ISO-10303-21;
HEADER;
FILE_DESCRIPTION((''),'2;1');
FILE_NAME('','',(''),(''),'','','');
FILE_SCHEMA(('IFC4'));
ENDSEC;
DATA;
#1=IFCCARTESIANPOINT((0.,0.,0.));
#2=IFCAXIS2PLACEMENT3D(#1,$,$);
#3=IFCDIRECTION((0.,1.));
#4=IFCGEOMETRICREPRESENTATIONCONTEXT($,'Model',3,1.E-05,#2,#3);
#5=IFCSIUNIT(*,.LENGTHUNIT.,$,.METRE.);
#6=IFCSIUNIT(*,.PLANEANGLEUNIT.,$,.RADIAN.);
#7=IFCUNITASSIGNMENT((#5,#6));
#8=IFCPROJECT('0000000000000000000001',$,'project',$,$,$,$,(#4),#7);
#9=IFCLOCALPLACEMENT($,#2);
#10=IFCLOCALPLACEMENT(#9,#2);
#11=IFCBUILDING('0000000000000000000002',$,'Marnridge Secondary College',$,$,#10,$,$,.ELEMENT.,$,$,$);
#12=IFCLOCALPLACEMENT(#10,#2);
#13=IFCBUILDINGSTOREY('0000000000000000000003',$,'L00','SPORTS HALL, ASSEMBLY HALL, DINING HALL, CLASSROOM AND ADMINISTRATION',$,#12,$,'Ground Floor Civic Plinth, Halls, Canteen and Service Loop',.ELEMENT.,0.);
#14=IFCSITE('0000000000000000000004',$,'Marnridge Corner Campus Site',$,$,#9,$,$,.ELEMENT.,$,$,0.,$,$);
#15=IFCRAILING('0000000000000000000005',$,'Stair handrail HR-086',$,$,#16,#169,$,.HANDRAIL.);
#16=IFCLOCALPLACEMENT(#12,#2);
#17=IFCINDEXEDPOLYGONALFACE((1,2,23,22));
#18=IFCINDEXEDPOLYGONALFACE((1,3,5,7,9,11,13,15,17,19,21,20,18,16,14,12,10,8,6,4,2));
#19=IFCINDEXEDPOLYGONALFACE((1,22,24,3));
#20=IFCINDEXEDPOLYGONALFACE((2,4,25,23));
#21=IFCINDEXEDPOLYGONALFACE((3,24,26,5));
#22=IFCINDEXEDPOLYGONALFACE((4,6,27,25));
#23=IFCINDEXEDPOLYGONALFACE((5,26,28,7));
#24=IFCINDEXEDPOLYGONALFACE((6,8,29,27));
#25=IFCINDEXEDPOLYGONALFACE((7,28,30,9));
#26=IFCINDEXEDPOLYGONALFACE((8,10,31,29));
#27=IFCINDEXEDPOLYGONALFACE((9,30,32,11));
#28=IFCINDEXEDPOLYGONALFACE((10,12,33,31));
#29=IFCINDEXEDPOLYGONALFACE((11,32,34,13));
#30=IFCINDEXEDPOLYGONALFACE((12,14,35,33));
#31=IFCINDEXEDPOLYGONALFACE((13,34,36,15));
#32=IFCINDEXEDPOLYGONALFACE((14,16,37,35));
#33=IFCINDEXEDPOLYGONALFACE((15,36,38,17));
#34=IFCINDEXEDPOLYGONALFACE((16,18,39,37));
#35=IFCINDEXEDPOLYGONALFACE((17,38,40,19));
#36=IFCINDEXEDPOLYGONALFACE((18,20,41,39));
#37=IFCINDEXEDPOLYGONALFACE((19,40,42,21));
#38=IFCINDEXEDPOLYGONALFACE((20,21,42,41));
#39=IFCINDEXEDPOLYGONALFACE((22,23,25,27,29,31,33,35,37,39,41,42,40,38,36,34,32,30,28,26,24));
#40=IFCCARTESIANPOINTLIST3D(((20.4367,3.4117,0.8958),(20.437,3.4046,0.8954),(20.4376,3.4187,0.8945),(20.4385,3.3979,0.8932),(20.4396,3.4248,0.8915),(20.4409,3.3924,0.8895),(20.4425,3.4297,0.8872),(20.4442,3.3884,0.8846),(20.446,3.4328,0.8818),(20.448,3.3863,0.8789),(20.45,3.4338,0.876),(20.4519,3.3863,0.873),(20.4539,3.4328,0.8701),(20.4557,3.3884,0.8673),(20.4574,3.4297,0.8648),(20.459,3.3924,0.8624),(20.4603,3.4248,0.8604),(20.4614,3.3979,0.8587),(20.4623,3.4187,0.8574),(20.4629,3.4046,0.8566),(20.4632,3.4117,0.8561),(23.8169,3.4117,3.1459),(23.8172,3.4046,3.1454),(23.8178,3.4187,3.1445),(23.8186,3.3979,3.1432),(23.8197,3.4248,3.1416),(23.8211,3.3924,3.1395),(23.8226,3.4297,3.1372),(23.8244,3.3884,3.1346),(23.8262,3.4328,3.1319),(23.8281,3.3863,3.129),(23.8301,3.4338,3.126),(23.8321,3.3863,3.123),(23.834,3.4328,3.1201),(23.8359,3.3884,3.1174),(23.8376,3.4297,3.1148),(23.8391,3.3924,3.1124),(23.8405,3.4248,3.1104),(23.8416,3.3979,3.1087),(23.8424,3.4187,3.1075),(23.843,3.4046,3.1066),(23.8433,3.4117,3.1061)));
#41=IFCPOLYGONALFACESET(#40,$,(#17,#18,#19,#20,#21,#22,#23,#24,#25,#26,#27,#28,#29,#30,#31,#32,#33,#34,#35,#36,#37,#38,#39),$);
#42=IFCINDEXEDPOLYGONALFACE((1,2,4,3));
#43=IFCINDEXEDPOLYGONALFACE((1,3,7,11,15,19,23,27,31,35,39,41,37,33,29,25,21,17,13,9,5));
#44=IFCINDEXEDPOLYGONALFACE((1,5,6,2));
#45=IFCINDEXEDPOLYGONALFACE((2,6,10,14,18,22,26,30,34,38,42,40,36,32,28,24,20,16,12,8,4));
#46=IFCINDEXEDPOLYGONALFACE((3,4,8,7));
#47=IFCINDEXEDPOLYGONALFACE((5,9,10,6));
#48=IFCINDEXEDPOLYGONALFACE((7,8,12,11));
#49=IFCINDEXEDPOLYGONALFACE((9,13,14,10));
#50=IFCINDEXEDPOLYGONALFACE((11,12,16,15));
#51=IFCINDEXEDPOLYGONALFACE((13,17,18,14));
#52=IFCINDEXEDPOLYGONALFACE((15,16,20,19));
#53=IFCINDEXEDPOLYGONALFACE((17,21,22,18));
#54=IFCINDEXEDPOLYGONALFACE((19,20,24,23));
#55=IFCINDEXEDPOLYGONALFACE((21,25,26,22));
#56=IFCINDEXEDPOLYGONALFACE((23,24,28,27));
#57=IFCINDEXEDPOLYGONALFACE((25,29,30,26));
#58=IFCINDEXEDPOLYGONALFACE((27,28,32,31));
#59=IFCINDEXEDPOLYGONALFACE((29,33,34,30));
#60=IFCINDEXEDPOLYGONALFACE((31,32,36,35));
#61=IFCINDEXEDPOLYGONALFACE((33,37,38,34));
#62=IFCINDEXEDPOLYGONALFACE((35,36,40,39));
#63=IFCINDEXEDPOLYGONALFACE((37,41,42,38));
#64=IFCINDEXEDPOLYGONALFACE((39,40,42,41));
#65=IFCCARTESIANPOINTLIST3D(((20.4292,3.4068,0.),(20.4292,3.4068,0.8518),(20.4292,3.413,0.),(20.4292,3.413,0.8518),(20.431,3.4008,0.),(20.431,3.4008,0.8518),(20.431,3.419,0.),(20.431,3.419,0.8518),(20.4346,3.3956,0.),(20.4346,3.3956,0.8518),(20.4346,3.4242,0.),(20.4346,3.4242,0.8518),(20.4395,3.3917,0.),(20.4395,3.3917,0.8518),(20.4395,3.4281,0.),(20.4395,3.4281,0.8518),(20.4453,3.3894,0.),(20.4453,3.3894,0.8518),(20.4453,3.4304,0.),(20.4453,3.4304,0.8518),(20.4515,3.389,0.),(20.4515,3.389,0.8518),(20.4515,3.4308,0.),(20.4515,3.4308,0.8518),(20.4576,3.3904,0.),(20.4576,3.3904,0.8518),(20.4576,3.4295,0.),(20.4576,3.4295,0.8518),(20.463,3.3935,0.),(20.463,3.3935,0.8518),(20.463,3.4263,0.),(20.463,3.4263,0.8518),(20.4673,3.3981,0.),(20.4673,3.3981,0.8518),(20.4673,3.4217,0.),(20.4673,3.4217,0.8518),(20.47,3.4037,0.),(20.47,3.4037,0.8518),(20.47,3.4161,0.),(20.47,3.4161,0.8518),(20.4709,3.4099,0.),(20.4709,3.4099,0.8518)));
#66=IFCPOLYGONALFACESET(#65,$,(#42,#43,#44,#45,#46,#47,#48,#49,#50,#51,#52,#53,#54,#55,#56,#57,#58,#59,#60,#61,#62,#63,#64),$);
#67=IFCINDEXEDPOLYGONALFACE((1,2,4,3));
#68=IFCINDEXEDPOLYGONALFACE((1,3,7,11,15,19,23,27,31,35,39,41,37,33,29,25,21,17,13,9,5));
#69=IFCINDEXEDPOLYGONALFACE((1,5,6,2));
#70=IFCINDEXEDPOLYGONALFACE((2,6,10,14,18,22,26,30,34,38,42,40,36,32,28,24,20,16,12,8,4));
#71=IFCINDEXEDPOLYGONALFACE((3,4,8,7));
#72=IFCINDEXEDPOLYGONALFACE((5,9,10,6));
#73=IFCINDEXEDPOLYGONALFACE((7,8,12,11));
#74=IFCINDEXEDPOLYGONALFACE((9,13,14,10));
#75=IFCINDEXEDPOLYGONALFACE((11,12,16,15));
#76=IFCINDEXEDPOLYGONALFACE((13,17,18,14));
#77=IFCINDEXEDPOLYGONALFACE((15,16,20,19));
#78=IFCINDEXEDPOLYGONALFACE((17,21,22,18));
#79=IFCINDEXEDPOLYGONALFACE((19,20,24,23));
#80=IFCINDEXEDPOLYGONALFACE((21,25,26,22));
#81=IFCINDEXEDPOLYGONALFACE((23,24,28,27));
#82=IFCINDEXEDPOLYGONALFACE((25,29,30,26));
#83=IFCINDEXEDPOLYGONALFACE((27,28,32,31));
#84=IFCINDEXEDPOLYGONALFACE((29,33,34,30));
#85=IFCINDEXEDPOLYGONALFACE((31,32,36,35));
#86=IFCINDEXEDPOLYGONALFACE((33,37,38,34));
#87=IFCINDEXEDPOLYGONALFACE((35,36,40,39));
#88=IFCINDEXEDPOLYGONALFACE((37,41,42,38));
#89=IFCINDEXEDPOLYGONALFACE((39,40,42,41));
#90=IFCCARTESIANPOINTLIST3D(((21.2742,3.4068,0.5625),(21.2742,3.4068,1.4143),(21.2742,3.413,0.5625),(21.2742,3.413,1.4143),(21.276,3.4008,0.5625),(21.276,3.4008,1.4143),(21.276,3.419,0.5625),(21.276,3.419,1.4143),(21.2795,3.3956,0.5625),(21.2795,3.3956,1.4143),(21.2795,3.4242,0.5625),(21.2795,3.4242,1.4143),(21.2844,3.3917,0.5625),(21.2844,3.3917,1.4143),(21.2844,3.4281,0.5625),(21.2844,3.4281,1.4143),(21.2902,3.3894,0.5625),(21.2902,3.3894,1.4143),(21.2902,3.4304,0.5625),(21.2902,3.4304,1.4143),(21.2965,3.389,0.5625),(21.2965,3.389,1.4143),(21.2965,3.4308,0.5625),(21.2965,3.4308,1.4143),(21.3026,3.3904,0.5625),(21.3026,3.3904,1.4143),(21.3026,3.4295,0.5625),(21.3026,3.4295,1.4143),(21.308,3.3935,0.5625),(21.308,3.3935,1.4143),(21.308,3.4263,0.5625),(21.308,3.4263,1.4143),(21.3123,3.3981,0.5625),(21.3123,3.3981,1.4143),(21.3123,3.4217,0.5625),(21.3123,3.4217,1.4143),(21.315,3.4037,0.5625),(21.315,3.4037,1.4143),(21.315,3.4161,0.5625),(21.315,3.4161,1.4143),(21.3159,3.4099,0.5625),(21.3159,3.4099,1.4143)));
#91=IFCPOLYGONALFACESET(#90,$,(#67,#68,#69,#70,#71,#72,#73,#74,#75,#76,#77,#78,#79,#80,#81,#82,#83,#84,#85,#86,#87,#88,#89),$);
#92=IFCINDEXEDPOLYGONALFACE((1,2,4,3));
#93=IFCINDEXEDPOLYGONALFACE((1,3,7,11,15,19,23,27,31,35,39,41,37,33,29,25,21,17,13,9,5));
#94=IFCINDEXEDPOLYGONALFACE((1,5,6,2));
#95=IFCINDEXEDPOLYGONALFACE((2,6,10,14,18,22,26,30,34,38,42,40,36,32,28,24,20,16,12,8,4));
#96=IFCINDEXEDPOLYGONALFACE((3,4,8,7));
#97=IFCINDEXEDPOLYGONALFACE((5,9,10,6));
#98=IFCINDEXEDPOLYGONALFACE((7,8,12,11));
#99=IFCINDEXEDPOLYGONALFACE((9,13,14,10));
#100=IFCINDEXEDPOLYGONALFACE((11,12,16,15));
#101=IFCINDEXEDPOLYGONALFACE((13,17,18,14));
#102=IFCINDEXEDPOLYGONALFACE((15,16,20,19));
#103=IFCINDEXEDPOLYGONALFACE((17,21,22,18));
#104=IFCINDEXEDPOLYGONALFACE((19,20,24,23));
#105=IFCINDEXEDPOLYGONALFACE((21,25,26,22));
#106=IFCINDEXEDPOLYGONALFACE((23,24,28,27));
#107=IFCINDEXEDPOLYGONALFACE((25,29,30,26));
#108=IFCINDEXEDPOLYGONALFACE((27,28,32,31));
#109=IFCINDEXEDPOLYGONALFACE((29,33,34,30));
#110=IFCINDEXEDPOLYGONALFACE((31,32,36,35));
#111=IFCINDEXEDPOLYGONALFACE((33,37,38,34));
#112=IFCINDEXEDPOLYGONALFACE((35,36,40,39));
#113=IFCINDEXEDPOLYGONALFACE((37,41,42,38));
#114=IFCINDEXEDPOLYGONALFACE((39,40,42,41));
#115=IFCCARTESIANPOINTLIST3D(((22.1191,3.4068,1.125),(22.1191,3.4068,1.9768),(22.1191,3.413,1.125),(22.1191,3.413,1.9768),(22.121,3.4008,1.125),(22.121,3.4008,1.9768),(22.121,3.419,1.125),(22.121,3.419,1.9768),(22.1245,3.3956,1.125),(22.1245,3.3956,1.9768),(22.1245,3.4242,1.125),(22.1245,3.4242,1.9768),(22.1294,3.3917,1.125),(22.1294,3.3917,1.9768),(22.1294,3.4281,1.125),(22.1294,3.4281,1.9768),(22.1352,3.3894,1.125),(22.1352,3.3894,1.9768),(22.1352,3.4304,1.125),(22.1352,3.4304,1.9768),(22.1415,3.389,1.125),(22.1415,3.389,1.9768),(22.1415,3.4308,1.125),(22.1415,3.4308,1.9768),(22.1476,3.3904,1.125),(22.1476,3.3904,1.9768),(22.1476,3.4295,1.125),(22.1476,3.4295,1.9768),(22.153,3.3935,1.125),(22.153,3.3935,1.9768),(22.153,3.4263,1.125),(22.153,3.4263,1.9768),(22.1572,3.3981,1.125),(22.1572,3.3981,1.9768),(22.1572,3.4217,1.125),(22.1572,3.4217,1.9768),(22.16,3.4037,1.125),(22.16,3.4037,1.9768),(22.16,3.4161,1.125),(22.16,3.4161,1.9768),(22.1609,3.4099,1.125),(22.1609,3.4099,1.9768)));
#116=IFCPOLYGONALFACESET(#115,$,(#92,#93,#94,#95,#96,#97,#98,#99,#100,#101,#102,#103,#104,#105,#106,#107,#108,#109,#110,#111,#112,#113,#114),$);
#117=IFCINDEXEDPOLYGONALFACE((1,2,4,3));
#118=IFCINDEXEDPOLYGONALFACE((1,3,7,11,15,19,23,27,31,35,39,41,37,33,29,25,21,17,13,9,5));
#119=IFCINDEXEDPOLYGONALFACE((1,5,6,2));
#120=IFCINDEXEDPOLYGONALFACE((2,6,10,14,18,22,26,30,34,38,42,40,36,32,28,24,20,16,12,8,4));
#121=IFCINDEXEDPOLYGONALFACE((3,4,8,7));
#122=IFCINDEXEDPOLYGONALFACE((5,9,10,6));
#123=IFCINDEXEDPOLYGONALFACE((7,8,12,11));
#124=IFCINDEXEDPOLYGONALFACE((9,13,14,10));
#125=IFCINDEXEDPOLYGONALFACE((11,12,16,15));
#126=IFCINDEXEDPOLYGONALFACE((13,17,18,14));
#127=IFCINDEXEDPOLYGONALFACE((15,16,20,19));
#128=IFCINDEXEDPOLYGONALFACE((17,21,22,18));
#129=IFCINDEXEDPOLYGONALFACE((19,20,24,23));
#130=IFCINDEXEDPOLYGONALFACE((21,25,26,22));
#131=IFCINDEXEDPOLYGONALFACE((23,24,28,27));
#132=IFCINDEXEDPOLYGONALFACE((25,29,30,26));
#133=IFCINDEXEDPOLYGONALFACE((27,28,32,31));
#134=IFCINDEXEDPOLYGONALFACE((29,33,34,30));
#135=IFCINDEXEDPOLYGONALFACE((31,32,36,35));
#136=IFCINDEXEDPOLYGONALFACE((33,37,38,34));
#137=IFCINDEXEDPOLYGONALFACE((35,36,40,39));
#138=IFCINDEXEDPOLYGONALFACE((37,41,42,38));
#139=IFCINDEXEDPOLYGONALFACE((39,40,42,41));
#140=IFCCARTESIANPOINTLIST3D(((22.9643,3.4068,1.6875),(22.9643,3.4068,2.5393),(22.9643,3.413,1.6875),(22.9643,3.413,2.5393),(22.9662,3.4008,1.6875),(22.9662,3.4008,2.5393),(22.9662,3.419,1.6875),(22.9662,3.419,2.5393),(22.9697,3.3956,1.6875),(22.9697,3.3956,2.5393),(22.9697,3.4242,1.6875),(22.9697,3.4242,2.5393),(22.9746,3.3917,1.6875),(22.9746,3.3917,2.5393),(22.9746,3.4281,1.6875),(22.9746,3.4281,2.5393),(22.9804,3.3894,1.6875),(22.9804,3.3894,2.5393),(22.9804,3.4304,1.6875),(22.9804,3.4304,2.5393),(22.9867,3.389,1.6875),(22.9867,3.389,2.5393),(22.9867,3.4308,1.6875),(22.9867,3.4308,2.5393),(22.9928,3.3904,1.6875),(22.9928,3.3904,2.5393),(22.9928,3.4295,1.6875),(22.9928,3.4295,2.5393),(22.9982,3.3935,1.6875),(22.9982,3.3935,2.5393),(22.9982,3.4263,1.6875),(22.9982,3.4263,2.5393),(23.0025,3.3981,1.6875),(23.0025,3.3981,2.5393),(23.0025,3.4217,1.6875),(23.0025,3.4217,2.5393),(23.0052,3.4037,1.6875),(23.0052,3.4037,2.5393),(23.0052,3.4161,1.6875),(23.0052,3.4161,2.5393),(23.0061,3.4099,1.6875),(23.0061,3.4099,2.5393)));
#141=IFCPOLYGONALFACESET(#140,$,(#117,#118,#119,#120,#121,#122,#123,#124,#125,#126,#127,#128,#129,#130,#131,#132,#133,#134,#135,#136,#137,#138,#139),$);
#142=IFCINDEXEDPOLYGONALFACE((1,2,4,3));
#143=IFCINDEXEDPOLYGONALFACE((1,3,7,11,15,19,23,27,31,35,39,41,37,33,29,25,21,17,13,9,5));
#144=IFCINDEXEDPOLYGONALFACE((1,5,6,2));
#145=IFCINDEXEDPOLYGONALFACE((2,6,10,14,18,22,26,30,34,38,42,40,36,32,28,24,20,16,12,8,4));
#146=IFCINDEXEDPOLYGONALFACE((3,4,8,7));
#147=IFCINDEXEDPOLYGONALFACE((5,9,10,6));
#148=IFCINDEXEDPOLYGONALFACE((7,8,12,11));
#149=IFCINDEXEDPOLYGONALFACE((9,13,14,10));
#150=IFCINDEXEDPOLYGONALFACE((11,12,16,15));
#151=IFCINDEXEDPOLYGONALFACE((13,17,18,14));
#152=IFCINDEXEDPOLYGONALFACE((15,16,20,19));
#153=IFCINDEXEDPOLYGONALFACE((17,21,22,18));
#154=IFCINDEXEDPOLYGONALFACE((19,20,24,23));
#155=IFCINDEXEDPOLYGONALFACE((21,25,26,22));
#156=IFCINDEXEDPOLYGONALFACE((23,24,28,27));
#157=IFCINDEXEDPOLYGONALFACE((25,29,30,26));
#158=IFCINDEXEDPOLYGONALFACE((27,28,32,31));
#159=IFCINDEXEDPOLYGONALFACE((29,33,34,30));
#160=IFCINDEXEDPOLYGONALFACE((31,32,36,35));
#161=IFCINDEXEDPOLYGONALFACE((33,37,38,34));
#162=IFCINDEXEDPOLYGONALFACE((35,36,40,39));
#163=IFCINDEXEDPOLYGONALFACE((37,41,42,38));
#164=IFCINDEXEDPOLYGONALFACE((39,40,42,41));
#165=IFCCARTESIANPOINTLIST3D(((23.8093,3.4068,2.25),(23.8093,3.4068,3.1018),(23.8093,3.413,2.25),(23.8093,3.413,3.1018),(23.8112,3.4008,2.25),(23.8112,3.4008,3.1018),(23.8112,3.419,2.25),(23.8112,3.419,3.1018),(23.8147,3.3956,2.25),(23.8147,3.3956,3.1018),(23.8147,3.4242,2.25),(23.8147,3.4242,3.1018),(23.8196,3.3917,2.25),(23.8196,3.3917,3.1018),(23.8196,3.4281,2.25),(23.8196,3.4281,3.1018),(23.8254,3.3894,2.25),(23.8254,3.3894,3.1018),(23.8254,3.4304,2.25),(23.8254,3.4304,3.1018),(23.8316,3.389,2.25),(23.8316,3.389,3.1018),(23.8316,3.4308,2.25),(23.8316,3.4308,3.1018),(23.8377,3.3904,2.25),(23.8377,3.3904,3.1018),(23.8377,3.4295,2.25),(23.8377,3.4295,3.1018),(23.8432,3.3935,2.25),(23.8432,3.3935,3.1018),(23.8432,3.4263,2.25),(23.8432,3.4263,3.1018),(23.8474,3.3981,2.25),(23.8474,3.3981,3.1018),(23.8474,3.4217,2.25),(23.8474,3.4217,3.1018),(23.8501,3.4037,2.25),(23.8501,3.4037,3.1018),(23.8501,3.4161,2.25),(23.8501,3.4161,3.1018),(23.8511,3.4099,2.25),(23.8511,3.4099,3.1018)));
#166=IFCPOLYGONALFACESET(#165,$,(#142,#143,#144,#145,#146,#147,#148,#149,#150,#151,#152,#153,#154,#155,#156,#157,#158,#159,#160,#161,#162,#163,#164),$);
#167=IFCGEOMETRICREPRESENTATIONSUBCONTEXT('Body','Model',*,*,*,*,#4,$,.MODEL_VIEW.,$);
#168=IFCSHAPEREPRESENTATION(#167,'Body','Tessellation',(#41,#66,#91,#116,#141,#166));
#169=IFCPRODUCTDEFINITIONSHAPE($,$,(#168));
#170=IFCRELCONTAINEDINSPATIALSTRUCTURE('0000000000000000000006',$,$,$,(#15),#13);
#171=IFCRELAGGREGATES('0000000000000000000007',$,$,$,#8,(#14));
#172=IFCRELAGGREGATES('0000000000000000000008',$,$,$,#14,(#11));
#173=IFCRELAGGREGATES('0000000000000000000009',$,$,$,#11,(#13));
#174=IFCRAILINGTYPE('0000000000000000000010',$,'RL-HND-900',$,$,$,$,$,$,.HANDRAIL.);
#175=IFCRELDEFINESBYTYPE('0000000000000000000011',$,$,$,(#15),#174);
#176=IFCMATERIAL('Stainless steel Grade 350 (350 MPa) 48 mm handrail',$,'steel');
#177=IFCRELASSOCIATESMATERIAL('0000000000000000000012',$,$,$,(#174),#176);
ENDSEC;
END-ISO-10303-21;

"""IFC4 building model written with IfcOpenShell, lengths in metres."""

from ifc_helpers import new_model, si_unit, direction, frame, origin, origin_2d, place, context, subcontext, project, spatial, circle, extrude, material, type_object, element, save


model = new_model("IFC4")

# Units and contexts
model_context = context("Model", 3, precision=1e-05, world=origin(), true_north=direction((0.0, 1.0)))
body_context = subcontext(model_context, "Body", "Model", "MODEL_VIEW")
ifc_project = project(units=[si_unit("LENGTHUNIT", "METRE"), si_unit("PLANEANGLEUNIT", "RADIAN")], contexts=[model_context])

# Site, building, storey
site_placement = place(None, origin())
site = spatial("IfcSite", under=ifc_project, at=site_placement, Name="Marnridge Corner Campus Site", CompositionType="ELEMENT", RefElevation=0.0)
building_placement = place(site_placement, origin())
building = spatial("IfcBuilding", under=site, at=building_placement, Name="Marnridge Secondary College", CompositionType="ELEMENT")
storey_placement = place(building_placement, origin())
storey = spatial("IfcBuildingStorey", under=building, at=storey_placement, Name="L00", Description="SPORTS HALL, ASSEMBLY HALL, DINING HALL, CLASSROOM AND ADMINISTRATION", LongName="Ground Floor Civic Plinth, Halls, Canteen and Service Loop", CompositionType="ELEMENT", Elevation=0.0)

# Railing
ifc_material_1 = material(Name="Stainless steel Grade 350 (350 MPa) 48 mm handrail", Category="steel")
railing_type_1 = type_object("IfcRailingType", Name="RL-HND-900", PredefinedType="HANDRAIL", material=ifc_material_1)
for number, where, name in (
    (1, (20.45, 3.4099, 0.0), "Stair handrail HR-086"),
):
    element("IfcRailing", number, at=place(storey_placement, frame(where)), inside=storey, type_object=railing_type_1, Name=name, PredefinedType="HANDRAIL", context=body_context, shape_type="SweptSolid", body=[
        extrude(circle(Radius=0.0239, at=origin_2d()), frame((0.0, 0.0, 0.876), z_axis=(0.832439, 0.0, 0.554117), x_axis=(0.0, 1.0, 0.0)), (0.0, 0.0, 1.0), 4.0605),
        extrude(circle(Radius=0.021, at=origin_2d()), origin(), (0.0, 0.0, 1.0), 0.8518),
        extrude(circle(Radius=0.021, at=origin_2d()), frame((0.845, 0.0, 0.5625)), (0.0, 0.0, 1.0), 0.8518),
        extrude(circle(Radius=0.021, at=origin_2d()), frame((1.6899, 0.0, 1.125)), (0.0, 0.0, 1.0), 0.8518),
        extrude(circle(Radius=0.021, at=origin_2d()), frame((2.5352, 0.0, 1.6875)), (0.0, 0.0, 1.0), 0.8518),
        extrude(circle(Radius=0.021, at=origin_2d()), frame((3.3801, 0.0, 2.25)), (0.0, 0.0, 1.0), 0.8518),
    ])

save(model, "model.ifc")
